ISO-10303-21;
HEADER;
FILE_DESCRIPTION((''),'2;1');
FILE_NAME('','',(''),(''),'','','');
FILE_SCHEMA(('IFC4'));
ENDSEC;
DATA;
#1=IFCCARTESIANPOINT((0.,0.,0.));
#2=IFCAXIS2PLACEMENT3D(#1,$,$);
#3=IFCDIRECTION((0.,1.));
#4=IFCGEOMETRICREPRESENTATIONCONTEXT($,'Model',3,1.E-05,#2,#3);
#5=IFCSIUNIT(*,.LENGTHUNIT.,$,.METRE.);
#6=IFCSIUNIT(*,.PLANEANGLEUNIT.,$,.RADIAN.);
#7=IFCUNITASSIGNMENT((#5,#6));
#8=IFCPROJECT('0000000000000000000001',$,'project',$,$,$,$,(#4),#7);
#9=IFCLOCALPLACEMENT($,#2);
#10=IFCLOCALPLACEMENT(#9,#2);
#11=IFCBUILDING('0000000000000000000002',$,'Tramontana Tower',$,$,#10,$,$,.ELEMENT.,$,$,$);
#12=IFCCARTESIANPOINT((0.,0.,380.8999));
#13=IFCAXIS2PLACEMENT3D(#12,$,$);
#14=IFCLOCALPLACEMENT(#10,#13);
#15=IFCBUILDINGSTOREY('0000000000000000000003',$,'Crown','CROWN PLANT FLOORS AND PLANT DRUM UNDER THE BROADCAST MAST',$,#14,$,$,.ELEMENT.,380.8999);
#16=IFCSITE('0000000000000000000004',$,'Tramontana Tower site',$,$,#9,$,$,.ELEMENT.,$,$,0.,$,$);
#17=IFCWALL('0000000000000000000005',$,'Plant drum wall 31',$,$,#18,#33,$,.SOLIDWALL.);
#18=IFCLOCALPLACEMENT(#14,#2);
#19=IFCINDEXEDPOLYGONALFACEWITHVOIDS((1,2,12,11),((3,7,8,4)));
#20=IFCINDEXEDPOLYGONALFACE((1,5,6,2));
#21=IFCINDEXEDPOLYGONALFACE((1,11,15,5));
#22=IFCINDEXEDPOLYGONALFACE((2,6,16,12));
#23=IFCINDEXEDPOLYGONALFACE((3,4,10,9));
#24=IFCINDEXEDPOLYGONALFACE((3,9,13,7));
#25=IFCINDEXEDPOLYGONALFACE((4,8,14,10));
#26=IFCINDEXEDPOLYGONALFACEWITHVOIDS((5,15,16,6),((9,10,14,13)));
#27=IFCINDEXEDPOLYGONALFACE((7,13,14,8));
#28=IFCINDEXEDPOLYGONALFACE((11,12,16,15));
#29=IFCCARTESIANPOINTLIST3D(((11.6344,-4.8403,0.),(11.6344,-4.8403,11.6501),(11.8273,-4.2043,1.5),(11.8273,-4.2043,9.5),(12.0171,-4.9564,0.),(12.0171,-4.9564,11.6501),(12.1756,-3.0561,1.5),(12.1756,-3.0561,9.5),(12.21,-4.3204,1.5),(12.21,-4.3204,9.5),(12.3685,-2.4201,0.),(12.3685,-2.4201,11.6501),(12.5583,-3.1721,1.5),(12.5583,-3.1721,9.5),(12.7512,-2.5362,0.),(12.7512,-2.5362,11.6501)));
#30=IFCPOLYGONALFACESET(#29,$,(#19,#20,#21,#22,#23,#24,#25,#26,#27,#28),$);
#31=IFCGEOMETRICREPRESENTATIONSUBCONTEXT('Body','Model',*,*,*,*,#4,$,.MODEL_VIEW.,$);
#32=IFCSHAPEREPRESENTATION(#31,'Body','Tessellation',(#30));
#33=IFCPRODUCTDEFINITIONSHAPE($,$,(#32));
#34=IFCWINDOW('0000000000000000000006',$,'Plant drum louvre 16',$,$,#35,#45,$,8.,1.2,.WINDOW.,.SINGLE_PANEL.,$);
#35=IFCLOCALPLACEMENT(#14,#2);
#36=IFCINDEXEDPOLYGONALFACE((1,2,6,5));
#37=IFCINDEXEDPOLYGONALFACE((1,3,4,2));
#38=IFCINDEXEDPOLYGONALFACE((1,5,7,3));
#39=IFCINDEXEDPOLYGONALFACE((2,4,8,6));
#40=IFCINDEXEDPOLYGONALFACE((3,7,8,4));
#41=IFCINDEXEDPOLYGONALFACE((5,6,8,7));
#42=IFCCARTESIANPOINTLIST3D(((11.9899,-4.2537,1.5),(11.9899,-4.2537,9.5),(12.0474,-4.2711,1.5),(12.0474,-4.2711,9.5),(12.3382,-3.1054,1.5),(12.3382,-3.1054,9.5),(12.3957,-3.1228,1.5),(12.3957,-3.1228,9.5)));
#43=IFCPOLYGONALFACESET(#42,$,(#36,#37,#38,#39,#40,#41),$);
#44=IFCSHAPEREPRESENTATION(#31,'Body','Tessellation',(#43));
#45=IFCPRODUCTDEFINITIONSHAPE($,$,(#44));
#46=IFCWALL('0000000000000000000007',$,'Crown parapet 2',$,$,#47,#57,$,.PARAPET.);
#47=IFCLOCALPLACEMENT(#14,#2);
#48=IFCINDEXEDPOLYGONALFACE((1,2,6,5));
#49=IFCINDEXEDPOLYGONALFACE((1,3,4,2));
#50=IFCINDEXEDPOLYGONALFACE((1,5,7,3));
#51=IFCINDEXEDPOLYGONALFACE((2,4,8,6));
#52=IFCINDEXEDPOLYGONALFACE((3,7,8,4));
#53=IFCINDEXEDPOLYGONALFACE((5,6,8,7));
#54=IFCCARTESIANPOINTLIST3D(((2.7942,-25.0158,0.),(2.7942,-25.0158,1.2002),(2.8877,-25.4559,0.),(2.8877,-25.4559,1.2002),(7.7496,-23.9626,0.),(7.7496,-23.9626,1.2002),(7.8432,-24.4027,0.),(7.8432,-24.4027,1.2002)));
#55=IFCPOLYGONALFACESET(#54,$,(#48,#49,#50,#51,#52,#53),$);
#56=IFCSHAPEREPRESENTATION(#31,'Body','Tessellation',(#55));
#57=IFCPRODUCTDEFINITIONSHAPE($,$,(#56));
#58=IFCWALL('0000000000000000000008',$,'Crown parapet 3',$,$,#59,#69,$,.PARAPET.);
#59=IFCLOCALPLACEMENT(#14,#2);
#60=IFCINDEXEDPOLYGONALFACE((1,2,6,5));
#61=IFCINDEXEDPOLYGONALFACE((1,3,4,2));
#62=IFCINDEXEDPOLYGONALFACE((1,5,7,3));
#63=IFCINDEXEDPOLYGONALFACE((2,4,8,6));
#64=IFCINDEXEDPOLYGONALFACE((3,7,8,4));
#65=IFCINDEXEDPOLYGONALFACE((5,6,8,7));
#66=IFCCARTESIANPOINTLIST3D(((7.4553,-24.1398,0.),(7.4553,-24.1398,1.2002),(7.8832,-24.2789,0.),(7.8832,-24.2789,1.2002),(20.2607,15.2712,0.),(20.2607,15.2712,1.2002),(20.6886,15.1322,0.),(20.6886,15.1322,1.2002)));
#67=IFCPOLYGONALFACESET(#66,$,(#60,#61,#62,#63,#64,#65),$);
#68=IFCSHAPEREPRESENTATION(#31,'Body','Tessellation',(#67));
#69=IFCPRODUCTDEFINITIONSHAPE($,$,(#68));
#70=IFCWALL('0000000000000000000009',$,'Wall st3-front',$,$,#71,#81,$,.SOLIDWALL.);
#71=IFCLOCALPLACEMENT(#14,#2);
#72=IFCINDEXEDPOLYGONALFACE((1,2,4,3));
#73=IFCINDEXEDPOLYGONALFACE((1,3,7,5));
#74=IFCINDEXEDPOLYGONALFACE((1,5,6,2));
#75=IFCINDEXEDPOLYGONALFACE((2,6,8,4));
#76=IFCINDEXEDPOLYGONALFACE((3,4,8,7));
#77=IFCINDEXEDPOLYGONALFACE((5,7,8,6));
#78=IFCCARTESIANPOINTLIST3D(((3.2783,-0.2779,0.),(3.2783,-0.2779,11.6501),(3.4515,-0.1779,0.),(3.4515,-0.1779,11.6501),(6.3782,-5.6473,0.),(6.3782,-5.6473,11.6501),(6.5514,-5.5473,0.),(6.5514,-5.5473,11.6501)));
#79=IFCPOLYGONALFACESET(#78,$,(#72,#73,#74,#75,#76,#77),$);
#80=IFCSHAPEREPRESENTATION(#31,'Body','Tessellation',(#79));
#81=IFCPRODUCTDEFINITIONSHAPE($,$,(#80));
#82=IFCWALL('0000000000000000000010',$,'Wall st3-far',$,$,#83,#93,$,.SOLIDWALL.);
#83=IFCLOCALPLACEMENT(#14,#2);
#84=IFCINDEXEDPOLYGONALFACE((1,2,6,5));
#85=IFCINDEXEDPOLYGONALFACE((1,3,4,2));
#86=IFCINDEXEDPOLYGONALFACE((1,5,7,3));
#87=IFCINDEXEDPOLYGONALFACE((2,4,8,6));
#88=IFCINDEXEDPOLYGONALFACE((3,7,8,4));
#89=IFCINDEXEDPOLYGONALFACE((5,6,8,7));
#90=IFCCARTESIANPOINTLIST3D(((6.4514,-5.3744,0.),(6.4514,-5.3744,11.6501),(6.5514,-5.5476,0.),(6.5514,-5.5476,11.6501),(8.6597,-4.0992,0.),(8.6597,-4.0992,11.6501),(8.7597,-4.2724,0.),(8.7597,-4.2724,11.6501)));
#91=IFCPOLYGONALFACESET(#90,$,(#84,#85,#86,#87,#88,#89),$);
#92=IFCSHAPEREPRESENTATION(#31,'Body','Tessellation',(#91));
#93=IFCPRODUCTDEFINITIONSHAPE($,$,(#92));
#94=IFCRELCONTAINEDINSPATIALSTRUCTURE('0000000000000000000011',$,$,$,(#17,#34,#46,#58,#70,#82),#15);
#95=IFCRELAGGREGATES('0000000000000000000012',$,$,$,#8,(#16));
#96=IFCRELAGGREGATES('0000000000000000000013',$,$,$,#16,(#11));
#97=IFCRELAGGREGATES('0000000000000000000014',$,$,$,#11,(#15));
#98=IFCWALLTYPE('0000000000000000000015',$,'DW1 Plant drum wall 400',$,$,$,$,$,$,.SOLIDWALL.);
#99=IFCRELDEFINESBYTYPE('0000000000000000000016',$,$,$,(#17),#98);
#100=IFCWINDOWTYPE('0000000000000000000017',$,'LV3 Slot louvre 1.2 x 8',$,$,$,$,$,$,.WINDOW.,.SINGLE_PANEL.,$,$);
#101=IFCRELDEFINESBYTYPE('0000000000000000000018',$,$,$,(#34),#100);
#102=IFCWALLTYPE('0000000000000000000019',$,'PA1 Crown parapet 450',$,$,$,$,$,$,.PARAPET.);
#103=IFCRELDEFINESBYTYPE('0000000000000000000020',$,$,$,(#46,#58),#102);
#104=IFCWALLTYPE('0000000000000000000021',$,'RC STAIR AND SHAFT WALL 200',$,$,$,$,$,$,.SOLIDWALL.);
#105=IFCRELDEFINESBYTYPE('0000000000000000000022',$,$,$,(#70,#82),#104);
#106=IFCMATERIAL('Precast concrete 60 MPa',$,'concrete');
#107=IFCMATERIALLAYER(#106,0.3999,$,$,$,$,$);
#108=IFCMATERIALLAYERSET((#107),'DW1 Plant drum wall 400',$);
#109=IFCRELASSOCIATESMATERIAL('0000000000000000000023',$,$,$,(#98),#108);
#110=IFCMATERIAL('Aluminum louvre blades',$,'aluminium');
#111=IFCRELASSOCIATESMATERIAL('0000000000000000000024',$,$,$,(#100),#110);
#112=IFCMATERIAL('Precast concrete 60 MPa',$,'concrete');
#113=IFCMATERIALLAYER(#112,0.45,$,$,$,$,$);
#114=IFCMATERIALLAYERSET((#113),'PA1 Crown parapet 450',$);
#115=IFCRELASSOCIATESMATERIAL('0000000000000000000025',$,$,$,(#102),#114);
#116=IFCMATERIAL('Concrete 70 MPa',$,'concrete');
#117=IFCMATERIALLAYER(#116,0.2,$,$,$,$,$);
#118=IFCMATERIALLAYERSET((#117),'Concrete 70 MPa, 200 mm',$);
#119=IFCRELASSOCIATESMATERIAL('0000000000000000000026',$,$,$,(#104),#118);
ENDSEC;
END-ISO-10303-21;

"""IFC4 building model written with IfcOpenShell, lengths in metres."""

from ifc_helpers import new_model, si_unit, direction, frame, frame_2d, origin, place, context, subcontext, project, spatial, rectangle, extrude, material, layer, layer_set, type_object, element, fill, save


model = new_model("IFC4")

# Units and contexts
model_context = context("Model", 3, precision=1e-05, world=origin(), true_north=direction((0.0, 1.0)))
body_context = subcontext(model_context, "Body", "Model", "MODEL_VIEW")
ifc_project = project(units=[si_unit("LENGTHUNIT", "METRE"), si_unit("PLANEANGLEUNIT", "RADIAN")], contexts=[model_context])

# Site, building, storey
site_placement = place(None, origin())
site = spatial("IfcSite", under=ifc_project, at=site_placement, Name="Tramontana Tower site", CompositionType="ELEMENT", RefElevation=0.0)
building_placement = place(site_placement, origin())
building = spatial("IfcBuilding", under=site, at=building_placement, Name="Tramontana Tower", CompositionType="ELEMENT")
storey_placement = place(building_placement, frame((0.0, 0.0, 380.8999)))
storey = spatial("IfcBuildingStorey", under=building, at=storey_placement, Name="Crown", Description="CROWN PLANT FLOORS AND PLANT DRUM UNDER THE BROADCAST MAST", CompositionType="ELEMENT", Elevation=380.8999)

# Shared definitions
ifc_material_1 = material(Name="Precast concrete 60 MPa", Category="concrete")
ifc_layer_1 = layer(ifc_material_1, 0.3999)
ifc_layer_set_1 = layer_set([ifc_layer_1], Name="DW1 Plant drum wall 400")
wall_type_1 = type_object("IfcWallType", Name="DW1 Plant drum wall 400", PredefinedType="SOLIDWALL", material=ifc_layer_set_1)

# Shared definitions
ifc_material_2 = material(Name="Aluminum louvre blades", Category="aluminium")
window_type_1 = type_object("IfcWindowType", Name="LV3 Slot louvre 1.2 x 8", PartitioningType="SINGLE_PANEL", PredefinedType="WINDOW", material=ifc_material_2)

# Wall, opening, window
wall_1_placement = place(storey_placement, frame((11.8257, -4.8984, 0.0), z_axis=(0.0, 0.0, 1.0), x_axis=(0.290278, 0.956942, 0.0)))
wall_1 = element("IfcWall", 1, at=wall_1_placement, inside=storey, type_object=wall_type_1, Name="Plant drum wall 31", PredefinedType="SOLIDWALL", context=body_context, shape_type="SweptSolid", body=[
    extrude(rectangle(XDim=2.5291, YDim=0.3999, at=frame_2d((1.2646, 0.0))), origin(), (0.0, 0.0, 1.0), 11.6501),
])
opening_1_placement = place(wall_1_placement, frame((0.6646, 0.0, 1.5)))
opening_1 = element("IfcOpeningElement", 2, at=opening_1_placement, cuts=wall_1, PredefinedType="OPENING", context=body_context, shape_type="SweptSolid", body=[
    extrude(rectangle(XDim=1.2, YDim=8.0, at=frame_2d((0.6001, 4.0))), frame((0.0, 0.21, 0.0), z_axis=(0.0, -1.0, 0.0), x_axis=(1.0, 0.0, 0.0)), (0.0, 0.0, 1.0), 0.4199),
])
window_1_placement = place(opening_1_placement, origin())
window_1 = element("IfcWindow", 3, at=window_1_placement, inside=storey, type_object=window_type_1, Name="Plant drum louvre 16", OverallHeight=8.0, OverallWidth=1.2, PartitioningType="SINGLE_PANEL", PredefinedType="WINDOW", context=body_context, shape_type="SweptSolid", body=[
    extrude(rectangle(XDim=1.2, YDim=8.0, at=frame_2d((0.6001, 4.0))), frame((0.0, 0.03, 0.0), z_axis=(0.0, -1.0, 0.0), x_axis=(1.0, 0.0, 0.0)), (0.0, 0.0, 1.0), 0.0601),
])
fill(opening_1, window_1)

# Walls
ifc_material_3 = material(Name="Precast concrete 60 MPa", Category="concrete")
ifc_layer_2 = layer(ifc_material_3, 0.45)
ifc_layer_set_2 = layer_set([ifc_layer_2], Name="PA1 Crown parapet 450")
wall_type_2 = type_object("IfcWallType", Name="PA1 Crown parapet 450", PredefinedType="PARAPET", material=ifc_layer_set_2)
wall_2_placement = place(storey_placement, frame((2.8408, -25.2358, 0.0), z_axis=(0.0, 0.0, 1.0), x_axis=(0.978152, 0.20789, 0.0)))
element("IfcWall", 4, at=wall_2_placement, inside=storey, type_object=wall_type_2, Name="Crown parapet 2", PredefinedType="PARAPET", context=body_context, shape_type="SweptSolid", body=[
    extrude(rectangle(XDim=5.0662, YDim=0.45, at=frame_2d((2.5332, 0.0))), origin(), (0.0, 0.0, 1.0), 1.2002),
])
wall_3_placement = place(storey_placement, frame((7.6692, -24.2095, 0.0), z_axis=(0.0, 0.0, 1.0), x_axis=(0.309016, 0.951057, 0.0)))
element("IfcWall", 5, at=wall_3_placement, inside=storey, type_object=wall_type_2, Name="Crown parapet 3", PredefinedType="PARAPET", context=body_context, shape_type="SweptSolid", body=[
    extrude(rectangle(XDim=41.4392, YDim=0.45, at=frame_2d((20.7197, 0.0))), origin(), (0.0, 0.0, 1.0), 1.2002),
])
ifc_material_4 = material(Name="Concrete 70 MPa", Category="concrete")
ifc_layer_3 = layer(ifc_material_4, 0.2)
ifc_layer_set_3 = layer_set([ifc_layer_3], Name="Concrete 70 MPa, 200 mm")
wall_type_3 = type_object("IfcWallType", Name="RC STAIR AND SHAFT WALL 200", PredefinedType="SOLIDWALL", material=ifc_layer_set_3)
wall_4_placement = place(storey_placement, frame((6.4648, -5.5974, 0.0), z_axis=(0.0, 0.0, 1.0), x_axis=(-0.49998, 0.866037, 0.0)))
element("IfcWall", 6, at=wall_4_placement, inside=storey, type_object=wall_type_3, Name="Wall st3-front", PredefinedType="SOLIDWALL", context=body_context, shape_type="SweptSolid", body=[
    extrude(rectangle(XDim=6.2, YDim=0.2, at=frame_2d((3.1001, 0.0))), origin(), (0.0, 0.0, 1.0), 11.6501),
])
wall_5_placement = place(storey_placement, frame((6.5015, -5.4609, 0.0), z_axis=(0.0, 0.0, 1.0), x_axis=(0.865989, 0.500062, 0.0)))
element("IfcWall", 7, at=wall_5_placement, inside=storey, type_object=wall_type_3, Name="Wall st3-far", PredefinedType="SOLIDWALL", context=body_context, shape_type="SweptSolid", body=[
    extrude(rectangle(XDim=2.55, YDim=0.2, at=frame_2d((1.2749, 0.0))), origin(), (0.0, 0.0, 1.0), 11.6501),
])

save(model, "model.ifc")
